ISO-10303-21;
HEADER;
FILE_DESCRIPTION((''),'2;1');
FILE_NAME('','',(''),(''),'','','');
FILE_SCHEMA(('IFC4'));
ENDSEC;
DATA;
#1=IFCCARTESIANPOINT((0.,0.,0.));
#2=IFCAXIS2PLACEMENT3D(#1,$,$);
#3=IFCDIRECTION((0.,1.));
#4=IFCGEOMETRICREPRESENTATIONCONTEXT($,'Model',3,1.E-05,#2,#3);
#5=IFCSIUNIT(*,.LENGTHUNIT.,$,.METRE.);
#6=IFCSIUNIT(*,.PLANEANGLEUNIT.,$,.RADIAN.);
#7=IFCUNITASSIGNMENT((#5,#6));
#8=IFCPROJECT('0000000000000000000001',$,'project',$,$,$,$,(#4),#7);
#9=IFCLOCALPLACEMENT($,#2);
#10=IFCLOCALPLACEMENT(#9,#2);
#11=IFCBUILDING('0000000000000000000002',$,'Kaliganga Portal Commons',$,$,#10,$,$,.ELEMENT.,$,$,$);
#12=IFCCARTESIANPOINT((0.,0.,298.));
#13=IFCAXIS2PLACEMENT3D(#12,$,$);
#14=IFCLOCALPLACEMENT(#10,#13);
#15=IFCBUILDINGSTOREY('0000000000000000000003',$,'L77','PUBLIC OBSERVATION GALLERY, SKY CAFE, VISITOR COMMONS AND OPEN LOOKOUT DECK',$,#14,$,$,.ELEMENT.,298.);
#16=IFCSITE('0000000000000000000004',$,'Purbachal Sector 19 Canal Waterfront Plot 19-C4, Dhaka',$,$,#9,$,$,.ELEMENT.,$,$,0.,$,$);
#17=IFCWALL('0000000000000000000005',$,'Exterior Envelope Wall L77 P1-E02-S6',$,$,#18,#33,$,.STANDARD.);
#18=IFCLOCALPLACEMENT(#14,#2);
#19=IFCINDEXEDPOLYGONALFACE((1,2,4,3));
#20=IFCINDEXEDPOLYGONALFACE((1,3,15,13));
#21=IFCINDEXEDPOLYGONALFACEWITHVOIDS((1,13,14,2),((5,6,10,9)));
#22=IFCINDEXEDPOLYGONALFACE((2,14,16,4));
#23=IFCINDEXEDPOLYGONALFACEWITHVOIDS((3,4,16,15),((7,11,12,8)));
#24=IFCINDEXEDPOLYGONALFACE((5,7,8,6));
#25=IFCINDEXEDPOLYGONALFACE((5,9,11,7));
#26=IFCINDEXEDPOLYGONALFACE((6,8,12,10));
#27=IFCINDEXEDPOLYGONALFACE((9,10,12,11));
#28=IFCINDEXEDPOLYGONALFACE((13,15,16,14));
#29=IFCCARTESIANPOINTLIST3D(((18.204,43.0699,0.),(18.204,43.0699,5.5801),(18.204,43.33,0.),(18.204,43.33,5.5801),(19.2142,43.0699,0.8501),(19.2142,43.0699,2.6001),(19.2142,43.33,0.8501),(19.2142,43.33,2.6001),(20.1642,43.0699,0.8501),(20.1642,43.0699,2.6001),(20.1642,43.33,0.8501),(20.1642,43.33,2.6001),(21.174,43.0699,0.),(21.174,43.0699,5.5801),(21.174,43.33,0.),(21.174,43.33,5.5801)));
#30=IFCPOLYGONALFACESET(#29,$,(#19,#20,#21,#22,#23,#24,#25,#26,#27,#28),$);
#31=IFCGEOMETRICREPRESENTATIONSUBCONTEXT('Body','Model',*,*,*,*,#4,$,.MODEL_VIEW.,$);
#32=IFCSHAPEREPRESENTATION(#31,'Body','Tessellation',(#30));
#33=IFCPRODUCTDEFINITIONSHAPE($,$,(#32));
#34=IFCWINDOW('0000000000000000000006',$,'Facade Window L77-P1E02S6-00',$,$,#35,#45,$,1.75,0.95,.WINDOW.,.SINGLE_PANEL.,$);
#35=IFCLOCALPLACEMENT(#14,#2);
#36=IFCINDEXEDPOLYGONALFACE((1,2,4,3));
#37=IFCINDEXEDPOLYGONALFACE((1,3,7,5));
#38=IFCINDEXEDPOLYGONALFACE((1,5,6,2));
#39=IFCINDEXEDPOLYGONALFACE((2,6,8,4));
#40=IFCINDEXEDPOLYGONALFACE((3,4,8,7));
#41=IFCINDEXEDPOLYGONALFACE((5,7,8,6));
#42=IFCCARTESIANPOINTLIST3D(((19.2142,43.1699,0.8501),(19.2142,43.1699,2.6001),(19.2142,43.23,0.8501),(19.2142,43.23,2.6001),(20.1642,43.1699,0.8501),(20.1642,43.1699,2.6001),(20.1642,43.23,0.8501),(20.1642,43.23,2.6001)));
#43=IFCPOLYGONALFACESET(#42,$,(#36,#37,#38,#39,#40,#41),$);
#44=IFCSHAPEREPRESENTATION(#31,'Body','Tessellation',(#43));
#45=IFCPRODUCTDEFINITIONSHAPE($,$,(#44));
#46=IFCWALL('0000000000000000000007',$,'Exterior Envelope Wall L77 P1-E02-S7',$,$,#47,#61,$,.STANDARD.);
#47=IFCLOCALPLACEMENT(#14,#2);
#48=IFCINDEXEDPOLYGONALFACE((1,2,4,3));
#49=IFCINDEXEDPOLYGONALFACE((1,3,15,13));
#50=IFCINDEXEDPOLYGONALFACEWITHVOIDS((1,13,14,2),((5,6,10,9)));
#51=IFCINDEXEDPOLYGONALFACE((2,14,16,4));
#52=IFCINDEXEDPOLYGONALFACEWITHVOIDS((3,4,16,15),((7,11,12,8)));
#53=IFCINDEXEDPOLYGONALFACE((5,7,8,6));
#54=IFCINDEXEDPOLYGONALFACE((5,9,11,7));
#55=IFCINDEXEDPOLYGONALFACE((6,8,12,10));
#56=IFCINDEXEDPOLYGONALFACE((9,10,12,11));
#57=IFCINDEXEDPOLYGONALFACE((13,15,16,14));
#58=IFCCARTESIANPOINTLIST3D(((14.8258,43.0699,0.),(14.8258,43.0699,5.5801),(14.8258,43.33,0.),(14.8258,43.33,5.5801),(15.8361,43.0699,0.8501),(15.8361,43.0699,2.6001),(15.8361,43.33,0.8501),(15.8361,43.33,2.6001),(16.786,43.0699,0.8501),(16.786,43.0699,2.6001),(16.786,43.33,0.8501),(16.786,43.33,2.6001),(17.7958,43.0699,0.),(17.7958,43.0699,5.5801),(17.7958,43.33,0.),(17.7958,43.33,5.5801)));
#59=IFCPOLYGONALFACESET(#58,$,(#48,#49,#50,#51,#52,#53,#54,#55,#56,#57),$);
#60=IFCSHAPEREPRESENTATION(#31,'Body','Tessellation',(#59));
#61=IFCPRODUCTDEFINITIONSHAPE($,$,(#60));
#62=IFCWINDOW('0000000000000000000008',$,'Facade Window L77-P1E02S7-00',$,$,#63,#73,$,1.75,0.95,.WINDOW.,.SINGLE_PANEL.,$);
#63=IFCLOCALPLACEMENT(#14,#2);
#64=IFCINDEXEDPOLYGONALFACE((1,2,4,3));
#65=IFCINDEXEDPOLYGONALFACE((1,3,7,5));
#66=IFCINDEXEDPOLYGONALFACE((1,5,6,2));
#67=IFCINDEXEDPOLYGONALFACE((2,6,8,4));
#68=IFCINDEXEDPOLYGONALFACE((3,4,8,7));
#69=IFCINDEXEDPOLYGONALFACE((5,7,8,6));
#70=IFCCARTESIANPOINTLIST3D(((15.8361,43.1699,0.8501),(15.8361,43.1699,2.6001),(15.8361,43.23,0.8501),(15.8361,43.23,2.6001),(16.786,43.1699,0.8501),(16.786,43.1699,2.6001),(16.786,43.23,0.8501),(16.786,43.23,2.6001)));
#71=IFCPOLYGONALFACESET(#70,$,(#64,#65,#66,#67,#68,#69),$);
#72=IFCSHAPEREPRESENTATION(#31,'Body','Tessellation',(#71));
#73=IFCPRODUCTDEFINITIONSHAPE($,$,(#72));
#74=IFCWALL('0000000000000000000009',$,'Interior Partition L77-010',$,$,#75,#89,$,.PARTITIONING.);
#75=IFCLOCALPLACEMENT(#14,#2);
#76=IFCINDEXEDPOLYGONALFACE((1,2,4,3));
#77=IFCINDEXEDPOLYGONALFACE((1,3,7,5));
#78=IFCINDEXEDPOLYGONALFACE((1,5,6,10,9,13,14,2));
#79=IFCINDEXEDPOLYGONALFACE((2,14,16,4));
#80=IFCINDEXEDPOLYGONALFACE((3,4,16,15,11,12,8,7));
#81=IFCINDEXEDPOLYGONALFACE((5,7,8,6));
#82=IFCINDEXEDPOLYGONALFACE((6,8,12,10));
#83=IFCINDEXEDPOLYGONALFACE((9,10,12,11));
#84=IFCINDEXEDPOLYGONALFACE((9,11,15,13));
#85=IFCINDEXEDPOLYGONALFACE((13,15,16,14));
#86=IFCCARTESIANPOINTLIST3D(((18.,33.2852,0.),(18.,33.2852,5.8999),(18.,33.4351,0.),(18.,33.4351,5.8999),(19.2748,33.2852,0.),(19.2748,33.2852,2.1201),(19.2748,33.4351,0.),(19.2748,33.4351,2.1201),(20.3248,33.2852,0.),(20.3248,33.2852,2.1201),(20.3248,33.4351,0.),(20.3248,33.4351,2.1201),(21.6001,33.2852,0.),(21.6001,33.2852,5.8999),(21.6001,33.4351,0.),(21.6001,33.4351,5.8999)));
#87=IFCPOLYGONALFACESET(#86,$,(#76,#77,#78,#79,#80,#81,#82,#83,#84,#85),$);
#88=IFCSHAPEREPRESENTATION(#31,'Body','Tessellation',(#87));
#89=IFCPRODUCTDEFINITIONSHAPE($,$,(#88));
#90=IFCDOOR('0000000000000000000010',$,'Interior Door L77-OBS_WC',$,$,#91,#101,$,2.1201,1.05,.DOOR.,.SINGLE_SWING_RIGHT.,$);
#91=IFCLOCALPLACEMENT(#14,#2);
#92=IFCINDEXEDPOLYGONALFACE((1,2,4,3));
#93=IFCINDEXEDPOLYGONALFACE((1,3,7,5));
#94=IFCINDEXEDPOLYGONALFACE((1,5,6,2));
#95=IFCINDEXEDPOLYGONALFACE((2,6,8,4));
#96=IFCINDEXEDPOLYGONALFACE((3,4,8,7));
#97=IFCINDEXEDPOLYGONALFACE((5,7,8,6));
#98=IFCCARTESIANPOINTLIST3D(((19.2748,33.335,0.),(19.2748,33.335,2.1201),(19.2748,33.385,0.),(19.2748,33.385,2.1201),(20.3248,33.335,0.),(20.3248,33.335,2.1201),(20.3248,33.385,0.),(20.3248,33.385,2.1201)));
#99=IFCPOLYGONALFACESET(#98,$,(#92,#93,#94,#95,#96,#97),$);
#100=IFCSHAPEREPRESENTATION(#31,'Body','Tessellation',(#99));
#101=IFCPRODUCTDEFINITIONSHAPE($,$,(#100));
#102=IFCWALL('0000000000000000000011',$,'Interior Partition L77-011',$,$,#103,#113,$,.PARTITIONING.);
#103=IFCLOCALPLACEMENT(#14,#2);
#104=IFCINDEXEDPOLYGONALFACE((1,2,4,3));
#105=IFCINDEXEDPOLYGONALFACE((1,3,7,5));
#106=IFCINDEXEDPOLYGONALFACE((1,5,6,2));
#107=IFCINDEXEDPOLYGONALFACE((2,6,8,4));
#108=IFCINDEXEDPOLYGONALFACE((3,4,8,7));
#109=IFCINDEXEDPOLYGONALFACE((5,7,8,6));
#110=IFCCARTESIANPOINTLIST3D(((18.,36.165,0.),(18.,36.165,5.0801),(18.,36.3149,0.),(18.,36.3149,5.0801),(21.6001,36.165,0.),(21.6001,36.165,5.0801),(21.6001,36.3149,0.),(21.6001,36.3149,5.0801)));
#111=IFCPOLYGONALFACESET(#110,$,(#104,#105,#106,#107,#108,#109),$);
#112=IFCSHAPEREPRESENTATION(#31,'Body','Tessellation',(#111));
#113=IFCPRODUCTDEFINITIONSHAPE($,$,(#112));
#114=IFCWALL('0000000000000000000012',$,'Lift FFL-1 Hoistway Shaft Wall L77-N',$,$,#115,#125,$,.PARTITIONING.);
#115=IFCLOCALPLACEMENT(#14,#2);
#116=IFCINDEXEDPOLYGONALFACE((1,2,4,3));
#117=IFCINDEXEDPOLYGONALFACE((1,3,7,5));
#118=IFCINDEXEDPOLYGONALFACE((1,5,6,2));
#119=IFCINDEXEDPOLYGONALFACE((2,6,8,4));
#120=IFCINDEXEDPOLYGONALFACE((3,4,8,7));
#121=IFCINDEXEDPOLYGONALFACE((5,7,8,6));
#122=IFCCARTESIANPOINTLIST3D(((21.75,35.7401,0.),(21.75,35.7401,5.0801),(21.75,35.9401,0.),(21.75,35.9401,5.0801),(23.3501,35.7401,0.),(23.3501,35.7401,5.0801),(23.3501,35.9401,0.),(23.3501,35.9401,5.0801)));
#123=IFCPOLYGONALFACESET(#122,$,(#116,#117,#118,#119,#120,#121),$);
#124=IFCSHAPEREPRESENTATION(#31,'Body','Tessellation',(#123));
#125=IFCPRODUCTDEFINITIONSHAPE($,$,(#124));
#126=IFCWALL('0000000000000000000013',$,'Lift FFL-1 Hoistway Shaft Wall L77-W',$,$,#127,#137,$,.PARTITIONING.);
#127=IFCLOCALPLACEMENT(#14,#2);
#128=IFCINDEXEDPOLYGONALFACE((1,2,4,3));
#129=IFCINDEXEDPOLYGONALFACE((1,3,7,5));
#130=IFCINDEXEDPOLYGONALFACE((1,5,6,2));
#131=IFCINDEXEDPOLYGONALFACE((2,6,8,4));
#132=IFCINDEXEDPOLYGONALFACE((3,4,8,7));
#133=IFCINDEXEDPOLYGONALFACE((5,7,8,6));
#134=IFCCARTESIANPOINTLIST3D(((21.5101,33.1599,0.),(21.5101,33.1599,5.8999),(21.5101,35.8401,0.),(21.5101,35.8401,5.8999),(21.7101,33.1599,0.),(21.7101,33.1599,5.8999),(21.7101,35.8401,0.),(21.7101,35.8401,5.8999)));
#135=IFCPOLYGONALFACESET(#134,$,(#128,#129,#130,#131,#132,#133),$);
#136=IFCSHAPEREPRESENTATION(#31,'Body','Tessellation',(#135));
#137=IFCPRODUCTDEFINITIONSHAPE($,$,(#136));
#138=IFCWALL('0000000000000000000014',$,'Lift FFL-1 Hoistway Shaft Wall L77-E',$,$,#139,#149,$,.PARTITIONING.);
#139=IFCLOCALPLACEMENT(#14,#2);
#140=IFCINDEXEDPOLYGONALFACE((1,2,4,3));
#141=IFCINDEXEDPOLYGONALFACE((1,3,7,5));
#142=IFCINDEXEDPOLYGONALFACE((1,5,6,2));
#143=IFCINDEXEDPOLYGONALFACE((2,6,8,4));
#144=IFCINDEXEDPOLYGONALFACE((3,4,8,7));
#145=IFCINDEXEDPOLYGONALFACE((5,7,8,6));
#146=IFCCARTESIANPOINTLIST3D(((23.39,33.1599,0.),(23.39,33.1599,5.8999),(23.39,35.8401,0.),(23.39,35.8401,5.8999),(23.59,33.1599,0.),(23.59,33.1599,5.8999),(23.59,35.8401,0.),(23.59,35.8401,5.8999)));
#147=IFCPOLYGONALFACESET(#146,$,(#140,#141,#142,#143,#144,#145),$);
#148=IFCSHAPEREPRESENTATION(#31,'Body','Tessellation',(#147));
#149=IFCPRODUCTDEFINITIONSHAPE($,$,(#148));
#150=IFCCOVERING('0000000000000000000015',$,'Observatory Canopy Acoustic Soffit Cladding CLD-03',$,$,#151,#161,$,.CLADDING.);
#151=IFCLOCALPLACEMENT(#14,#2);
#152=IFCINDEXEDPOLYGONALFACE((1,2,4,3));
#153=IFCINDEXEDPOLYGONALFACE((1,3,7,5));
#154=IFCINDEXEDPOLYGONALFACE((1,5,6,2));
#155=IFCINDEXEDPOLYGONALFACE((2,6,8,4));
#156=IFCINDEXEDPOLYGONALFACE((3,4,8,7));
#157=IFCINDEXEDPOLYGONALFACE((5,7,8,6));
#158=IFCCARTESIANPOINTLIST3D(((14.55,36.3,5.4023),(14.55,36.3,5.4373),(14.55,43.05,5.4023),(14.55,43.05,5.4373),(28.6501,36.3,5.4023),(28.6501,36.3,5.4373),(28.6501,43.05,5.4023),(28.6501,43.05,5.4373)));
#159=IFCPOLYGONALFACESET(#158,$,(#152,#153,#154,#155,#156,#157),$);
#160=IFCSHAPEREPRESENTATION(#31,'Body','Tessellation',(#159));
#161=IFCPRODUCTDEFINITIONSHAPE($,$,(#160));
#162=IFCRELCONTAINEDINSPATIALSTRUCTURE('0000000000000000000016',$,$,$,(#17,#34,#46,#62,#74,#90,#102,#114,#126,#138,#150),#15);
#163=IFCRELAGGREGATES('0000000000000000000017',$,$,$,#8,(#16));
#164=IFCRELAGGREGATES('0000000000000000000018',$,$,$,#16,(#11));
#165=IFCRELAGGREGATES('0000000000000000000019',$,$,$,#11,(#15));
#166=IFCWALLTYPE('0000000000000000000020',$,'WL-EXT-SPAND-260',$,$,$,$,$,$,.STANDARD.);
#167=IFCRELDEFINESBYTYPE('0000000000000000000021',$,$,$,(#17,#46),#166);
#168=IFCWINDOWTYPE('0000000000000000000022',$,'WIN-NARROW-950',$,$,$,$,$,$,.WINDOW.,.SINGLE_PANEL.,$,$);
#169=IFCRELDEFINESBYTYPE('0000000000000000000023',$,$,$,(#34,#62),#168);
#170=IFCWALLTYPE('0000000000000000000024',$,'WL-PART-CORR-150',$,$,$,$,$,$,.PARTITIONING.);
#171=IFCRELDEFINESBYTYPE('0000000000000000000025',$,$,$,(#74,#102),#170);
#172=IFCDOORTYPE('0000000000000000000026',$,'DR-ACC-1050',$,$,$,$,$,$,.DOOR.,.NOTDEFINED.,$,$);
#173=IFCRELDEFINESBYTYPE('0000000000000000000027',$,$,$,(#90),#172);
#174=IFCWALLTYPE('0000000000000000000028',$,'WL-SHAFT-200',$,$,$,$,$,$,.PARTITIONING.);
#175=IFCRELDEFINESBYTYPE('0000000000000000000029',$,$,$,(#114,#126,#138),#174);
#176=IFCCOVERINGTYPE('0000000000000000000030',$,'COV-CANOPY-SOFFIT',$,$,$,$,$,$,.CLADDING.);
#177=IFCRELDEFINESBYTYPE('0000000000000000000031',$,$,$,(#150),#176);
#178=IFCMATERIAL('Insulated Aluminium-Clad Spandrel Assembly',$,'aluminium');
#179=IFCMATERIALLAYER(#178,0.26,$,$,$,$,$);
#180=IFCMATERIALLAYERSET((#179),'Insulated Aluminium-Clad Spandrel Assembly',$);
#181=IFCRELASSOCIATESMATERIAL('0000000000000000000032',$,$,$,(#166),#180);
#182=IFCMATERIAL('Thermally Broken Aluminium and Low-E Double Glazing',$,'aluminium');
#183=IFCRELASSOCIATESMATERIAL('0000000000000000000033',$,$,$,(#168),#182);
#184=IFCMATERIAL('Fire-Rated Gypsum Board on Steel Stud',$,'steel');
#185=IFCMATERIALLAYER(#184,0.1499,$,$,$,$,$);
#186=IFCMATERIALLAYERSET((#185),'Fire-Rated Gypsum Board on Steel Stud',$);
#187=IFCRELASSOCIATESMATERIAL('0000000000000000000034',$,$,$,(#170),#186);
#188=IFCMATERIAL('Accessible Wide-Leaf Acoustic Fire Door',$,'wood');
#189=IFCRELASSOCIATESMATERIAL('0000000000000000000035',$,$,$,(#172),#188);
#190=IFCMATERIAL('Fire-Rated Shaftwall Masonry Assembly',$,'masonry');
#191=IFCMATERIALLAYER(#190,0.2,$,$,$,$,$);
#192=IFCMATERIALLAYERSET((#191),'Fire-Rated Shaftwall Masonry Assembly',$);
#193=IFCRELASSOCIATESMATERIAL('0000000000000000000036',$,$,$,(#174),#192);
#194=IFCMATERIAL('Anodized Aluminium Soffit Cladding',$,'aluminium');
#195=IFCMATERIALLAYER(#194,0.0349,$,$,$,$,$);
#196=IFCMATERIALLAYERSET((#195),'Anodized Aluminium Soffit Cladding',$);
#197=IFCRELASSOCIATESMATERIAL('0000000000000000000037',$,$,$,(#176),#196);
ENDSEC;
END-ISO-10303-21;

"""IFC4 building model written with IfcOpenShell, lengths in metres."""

from ifc_helpers import new_model, si_unit, direction, frame, frame_2d, origin, origin_2d, place, context, subcontext, project, spatial, rectangle, extrude, source, transform, mapped, material, layer, layer_set, type_object, element, fill, save


model = new_model("IFC4")

# Units and contexts
model_context = context("Model", 3, precision=1e-05, world=origin(), true_north=direction((0.0, 1.0)))
body_context = subcontext(model_context, "Body", "Model", "MODEL_VIEW")
ifc_project = project(units=[si_unit("LENGTHUNIT", "METRE"), si_unit("PLANEANGLEUNIT", "RADIAN")], contexts=[model_context])

# Site, building, storey
site_placement = place(None, origin())
site = spatial("IfcSite", under=ifc_project, at=site_placement, Name="Purbachal Sector 19 Canal Waterfront Plot 19-C4, Dhaka", CompositionType="ELEMENT", RefElevation=0.0)
building_placement = place(site_placement, origin())
building = spatial("IfcBuilding", under=site, at=building_placement, Name="Kaliganga Portal Commons", CompositionType="ELEMENT")
storey_placement = place(building_placement, frame((0.0, 0.0, 298.0)))
storey = spatial("IfcBuildingStorey", under=building, at=storey_placement, Name="L77", Description="PUBLIC OBSERVATION GALLERY, SKY CAFE, VISITOR COMMONS AND OPEN LOOKOUT DECK", CompositionType="ELEMENT", Elevation=298.0)

# Walls, openings, windows
ifc_material_1 = material(Name="Insulated Aluminium-Clad Spandrel Assembly", Category="aluminium")
ifc_layer_1 = layer(ifc_material_1, 0.26)
ifc_layer_set_1 = layer_set([ifc_layer_1], Name="Insulated Aluminium-Clad Spandrel Assembly")
wall_type_1 = type_object("IfcWallType", Name="WL-EXT-SPAND-260", PredefinedType="STANDARD", material=ifc_layer_set_1)
ifc_material_2 = material(Name="Thermally Broken Aluminium and Low-E Double Glazing", Category="aluminium")
window_type = type_object("IfcWindowType", Name="WIN-NARROW-950", PartitioningType="SINGLE_PANEL", PredefinedType="WINDOW", material=ifc_material_2)
wall_1_placement = place(storey_placement, frame((18.2041, 43.2, 0.0), z_axis=(0.0, 0.0, 1.0), x_axis=(1.0, 0.0, 0.0)))
wall_1 = element("IfcWall", 1, at=wall_1_placement, inside=storey, type_object=wall_type_1, Name="Exterior Envelope Wall L77 P1-E02-S6", PredefinedType="STANDARD", context=body_context, shape_type="SweptSolid", body=[
    extrude(rectangle(XDim=2.97, YDim=0.26, at=frame_2d((1.4849, 0.0))), origin(), (0.0, 0.0, 1.0), 5.5801),
])
opening_1_placement = place(wall_1_placement, frame((1.01, 0.0, 0.8501)))
opening_1 = element("IfcOpeningElement", 2, at=opening_1_placement, cuts=wall_1, PredefinedType="OPENING", context=body_context, shape_type="SweptSolid", body=[
    extrude(rectangle(XDim=0.95, YDim=1.75, at=frame_2d((0.4751, 0.875))), frame((0.0, 0.1401, 0.0), z_axis=(0.0, -1.0, 0.0), x_axis=(1.0, 0.0, 0.0)), (0.0, 0.0, 1.0), 0.28),
])
window_1_placement = place(opening_1_placement, origin())
window_1 = element("IfcWindow", 3, at=window_1_placement, inside=storey, type_object=window_type, Name="Facade Window L77-P1E02S6-00", OverallHeight=1.75, OverallWidth=0.95, PartitioningType="SINGLE_PANEL", PredefinedType="WINDOW", context=body_context, shape_type="SweptSolid", body=[
    extrude(rectangle(XDim=0.95, YDim=1.75, at=frame_2d((0.4751, 0.875))), frame((0.0, 0.03, 0.0), z_axis=(0.0, -1.0, 0.0), x_axis=(1.0, 0.0, 0.0)), (0.0, 0.0, 1.0), 0.0601),
])
fill(opening_1, window_1)
wall_2_placement = place(storey_placement, frame((14.8259, 43.2, 0.0), z_axis=(0.0, 0.0, 1.0), x_axis=(1.0, 0.0, 0.0)))
wall_2 = element("IfcWall", 4, at=wall_2_placement, inside=storey, type_object=wall_type_1, Name="Exterior Envelope Wall L77 P1-E02-S7", PredefinedType="STANDARD", context=body_context, shape_type="SweptSolid", body=[
    extrude(rectangle(XDim=2.97, YDim=0.26, at=frame_2d((1.4849, 0.0))), origin(), (0.0, 0.0, 1.0), 5.5801),
])
opening_2_placement = place(wall_2_placement, frame((1.01, 0.0, 0.8501)))
opening_2 = element("IfcOpeningElement", 5, at=opening_2_placement, cuts=wall_2, PredefinedType="OPENING", context=body_context, shape_type="SweptSolid", body=[
    extrude(rectangle(XDim=0.95, YDim=1.75, at=frame_2d((0.4751, 0.875))), frame((0.0, 0.1401, 0.0), z_axis=(0.0, -1.0, 0.0), x_axis=(1.0, 0.0, 0.0)), (0.0, 0.0, 1.0), 0.28),
])
window_2_placement = place(opening_2_placement, origin())
window_2 = element("IfcWindow", 6, at=window_2_placement, inside=storey, type_object=window_type, Name="Facade Window L77-P1E02S7-00", OverallHeight=1.75, OverallWidth=0.95, PartitioningType="SINGLE_PANEL", PredefinedType="WINDOW", context=body_context, shape_type="SweptSolid", body=[
    extrude(rectangle(XDim=0.95, YDim=1.75, at=frame_2d((0.4751, 0.875))), frame((0.0, 0.03, 0.0), z_axis=(0.0, -1.0, 0.0), x_axis=(1.0, 0.0, 0.0)), (0.0, 0.0, 1.0), 0.0601),
])
fill(opening_2, window_2)

# Wall, opening, door
ifc_material_3 = material(Name="Fire-Rated Gypsum Board on Steel Stud", Category="steel")
ifc_layer_2 = layer(ifc_material_3, 0.1499)
ifc_layer_set_2 = layer_set([ifc_layer_2], Name="Fire-Rated Gypsum Board on Steel Stud")
wall_type_2 = type_object("IfcWallType", Name="WL-PART-CORR-150", PredefinedType="PARTITIONING", material=ifc_layer_set_2)
wall_3_placement = place(storey_placement, frame((18.0, 33.3601, 0.0), z_axis=(0.0, 0.0, 1.0), x_axis=(1.0, 0.0, 0.0)))
wall_3 = element("IfcWall", 7, at=wall_3_placement, inside=storey, type_object=wall_type_2, Name="Interior Partition L77-010", PredefinedType="PARTITIONING", context=body_context, shape_type="SweptSolid", body=[
    extrude(rectangle(XDim=3.6001, YDim=0.1499, at=frame_2d((1.8, 0.0))), origin(), (0.0, 0.0, 1.0), 5.8999),
])
opening_3_placement = place(wall_3_placement, frame((1.2749, 0.0, 0.0)))
opening_3 = element("IfcOpeningElement", 8, at=opening_3_placement, cuts=wall_3, PredefinedType="OPENING", context=body_context, shape_type="SweptSolid", body=[
    extrude(rectangle(XDim=1.05, YDim=2.1201, at=frame_2d((0.5249, 1.0601))), frame((0.0, 0.085, 0.0), z_axis=(0.0, -1.0, 0.0), x_axis=(1.0, 0.0, 0.0)), (0.0, 0.0, 1.0), 0.1699),
])
ifc_material_4 = material(Name="Accessible Wide-Leaf Acoustic Fire Door", Category="wood")
door_type_1 = type_object("IfcDoorType", Name="DR-ACC-1050", OperationType="NOTDEFINED", PredefinedType="DOOR", material=ifc_material_4)
door_1_placement = place(opening_3_placement, origin())
door_1 = element("IfcDoor", 9, at=door_1_placement, inside=storey, type_object=door_type_1, Name="Interior Door L77-OBS_WC", OperationType="SINGLE_SWING_RIGHT", OverallHeight=2.1201, OverallWidth=1.05, PredefinedType="DOOR", context=body_context, shape_type="SweptSolid", body=[
    extrude(rectangle(XDim=1.05, YDim=2.1201, at=frame_2d((0.5249, 1.0601))), frame((0.0, 0.0249, 0.0), z_axis=(0.0, -1.0, 0.0), x_axis=(1.0, 0.0, 0.0)), (0.0, 0.0, 1.0), 0.05),
])
fill(opening_3, door_1)

# Wall
wall_4_placement = place(storey_placement, frame((18.0, 36.24, 0.0), z_axis=(0.0, 0.0, 1.0), x_axis=(1.0, 0.0, 0.0)))
element("IfcWall", 10, at=wall_4_placement, inside=storey, type_object=wall_type_2, Name="Interior Partition L77-011", PredefinedType="PARTITIONING", context=body_context, shape_type="SweptSolid", body=[
    extrude(rectangle(XDim=3.6001, YDim=0.1499, at=frame_2d((1.8, 0.0))), origin(), (0.0, 0.0, 1.0), 5.0801),
])

# Shared definitions
ifc_material_5 = material(Name="Fire-Rated Shaftwall Masonry Assembly", Category="masonry")
ifc_layer_3 = layer(ifc_material_5, 0.2)
ifc_layer_set_3 = layer_set([ifc_layer_3], Name="Fire-Rated Shaftwall Masonry Assembly")
wall_type_3 = type_object("IfcWallType", Name="WL-SHAFT-200", PredefinedType="PARTITIONING", material=ifc_layer_set_3)

# Walls
wall_5_placement = place(storey_placement, frame((21.75, 35.8401, 0.0), z_axis=(0.0, 0.0, 1.0), x_axis=(1.0, 0.0, 0.0)))
element("IfcWall", 11, at=wall_5_placement, inside=storey, type_object=wall_type_3, Name="Lift FFL-1 Hoistway Shaft Wall L77-N", PredefinedType="PARTITIONING", context=body_context, shape_type="SweptSolid", body=[
    extrude(rectangle(XDim=1.6001, YDim=0.2, at=frame_2d((0.8, 0.0))), origin(), (0.0, 0.0, 1.0), 5.0801),
])
for number, where, z_axis, x_axis, name in (
    (12, (21.6101, 33.1599, 0.0), (0.0, 0.0, 1.0), (0.0, 1.0, 0.0), "Lift FFL-1 Hoistway Shaft Wall L77-W"),
    (13, (23.49, 33.1599, 0.0), (0.0, 0.0, 1.0), (0.0, 1.0, 0.0), "Lift FFL-1 Hoistway Shaft Wall L77-E"),
):
    element("IfcWall", number, at=place(storey_placement, frame(where, z_axis=z_axis, x_axis=x_axis)), inside=storey, type_object=wall_type_3, Name=name, PredefinedType="PARTITIONING", context=body_context, shape_type="SweptSolid", body=[
        extrude(rectangle(XDim=2.6802, YDim=0.2, at=frame_2d((1.3401, 0.0))), origin(), (0.0, 0.0, 1.0), 5.8999),
    ])

# Covering
ifc_material_6 = material(Name="Anodized Aluminium Soffit Cladding", Category="aluminium")
ifc_layer_4 = layer(ifc_material_6, 0.0349)
ifc_layer_set_4 = layer_set([ifc_layer_4], Name="Anodized Aluminium Soffit Cladding")
covering_type = type_object("IfcCoveringType", Name="COV-CANOPY-SOFFIT", PredefinedType="CLADDING", material=ifc_layer_set_4)
shared_shape_1 = source(origin(), body_context, "Body", "SweptSolid", [
    extrude(rectangle(XDim=14.1001, YDim=6.75, at=origin_2d()), origin(), (0.0, 0.0, 1.0), 0.0349),
])
covering_placement = place(storey_placement, frame((21.6001, 39.675, 5.4023), z_axis=(0.0, 0.0, 1.0), x_axis=(1.0, 0.0, 0.0)))
element("IfcCovering", 14, at=covering_placement, inside=storey, type_object=covering_type, Name="Observatory Canopy Acoustic Soffit Cladding CLD-03", PredefinedType="CLADDING", context=body_context, shape_type="MappedRepresentation", body=[
    mapped(shared_shape_1, transform((0.0, 0.0, 0.0), x_axis=(1.0, 0.0, 0.0), y_axis=(0.0, 1.0, 0.0), z_axis=(0.0, 0.0, 1.0), scale=1.0)),
])

save(model, "model.ifc")
